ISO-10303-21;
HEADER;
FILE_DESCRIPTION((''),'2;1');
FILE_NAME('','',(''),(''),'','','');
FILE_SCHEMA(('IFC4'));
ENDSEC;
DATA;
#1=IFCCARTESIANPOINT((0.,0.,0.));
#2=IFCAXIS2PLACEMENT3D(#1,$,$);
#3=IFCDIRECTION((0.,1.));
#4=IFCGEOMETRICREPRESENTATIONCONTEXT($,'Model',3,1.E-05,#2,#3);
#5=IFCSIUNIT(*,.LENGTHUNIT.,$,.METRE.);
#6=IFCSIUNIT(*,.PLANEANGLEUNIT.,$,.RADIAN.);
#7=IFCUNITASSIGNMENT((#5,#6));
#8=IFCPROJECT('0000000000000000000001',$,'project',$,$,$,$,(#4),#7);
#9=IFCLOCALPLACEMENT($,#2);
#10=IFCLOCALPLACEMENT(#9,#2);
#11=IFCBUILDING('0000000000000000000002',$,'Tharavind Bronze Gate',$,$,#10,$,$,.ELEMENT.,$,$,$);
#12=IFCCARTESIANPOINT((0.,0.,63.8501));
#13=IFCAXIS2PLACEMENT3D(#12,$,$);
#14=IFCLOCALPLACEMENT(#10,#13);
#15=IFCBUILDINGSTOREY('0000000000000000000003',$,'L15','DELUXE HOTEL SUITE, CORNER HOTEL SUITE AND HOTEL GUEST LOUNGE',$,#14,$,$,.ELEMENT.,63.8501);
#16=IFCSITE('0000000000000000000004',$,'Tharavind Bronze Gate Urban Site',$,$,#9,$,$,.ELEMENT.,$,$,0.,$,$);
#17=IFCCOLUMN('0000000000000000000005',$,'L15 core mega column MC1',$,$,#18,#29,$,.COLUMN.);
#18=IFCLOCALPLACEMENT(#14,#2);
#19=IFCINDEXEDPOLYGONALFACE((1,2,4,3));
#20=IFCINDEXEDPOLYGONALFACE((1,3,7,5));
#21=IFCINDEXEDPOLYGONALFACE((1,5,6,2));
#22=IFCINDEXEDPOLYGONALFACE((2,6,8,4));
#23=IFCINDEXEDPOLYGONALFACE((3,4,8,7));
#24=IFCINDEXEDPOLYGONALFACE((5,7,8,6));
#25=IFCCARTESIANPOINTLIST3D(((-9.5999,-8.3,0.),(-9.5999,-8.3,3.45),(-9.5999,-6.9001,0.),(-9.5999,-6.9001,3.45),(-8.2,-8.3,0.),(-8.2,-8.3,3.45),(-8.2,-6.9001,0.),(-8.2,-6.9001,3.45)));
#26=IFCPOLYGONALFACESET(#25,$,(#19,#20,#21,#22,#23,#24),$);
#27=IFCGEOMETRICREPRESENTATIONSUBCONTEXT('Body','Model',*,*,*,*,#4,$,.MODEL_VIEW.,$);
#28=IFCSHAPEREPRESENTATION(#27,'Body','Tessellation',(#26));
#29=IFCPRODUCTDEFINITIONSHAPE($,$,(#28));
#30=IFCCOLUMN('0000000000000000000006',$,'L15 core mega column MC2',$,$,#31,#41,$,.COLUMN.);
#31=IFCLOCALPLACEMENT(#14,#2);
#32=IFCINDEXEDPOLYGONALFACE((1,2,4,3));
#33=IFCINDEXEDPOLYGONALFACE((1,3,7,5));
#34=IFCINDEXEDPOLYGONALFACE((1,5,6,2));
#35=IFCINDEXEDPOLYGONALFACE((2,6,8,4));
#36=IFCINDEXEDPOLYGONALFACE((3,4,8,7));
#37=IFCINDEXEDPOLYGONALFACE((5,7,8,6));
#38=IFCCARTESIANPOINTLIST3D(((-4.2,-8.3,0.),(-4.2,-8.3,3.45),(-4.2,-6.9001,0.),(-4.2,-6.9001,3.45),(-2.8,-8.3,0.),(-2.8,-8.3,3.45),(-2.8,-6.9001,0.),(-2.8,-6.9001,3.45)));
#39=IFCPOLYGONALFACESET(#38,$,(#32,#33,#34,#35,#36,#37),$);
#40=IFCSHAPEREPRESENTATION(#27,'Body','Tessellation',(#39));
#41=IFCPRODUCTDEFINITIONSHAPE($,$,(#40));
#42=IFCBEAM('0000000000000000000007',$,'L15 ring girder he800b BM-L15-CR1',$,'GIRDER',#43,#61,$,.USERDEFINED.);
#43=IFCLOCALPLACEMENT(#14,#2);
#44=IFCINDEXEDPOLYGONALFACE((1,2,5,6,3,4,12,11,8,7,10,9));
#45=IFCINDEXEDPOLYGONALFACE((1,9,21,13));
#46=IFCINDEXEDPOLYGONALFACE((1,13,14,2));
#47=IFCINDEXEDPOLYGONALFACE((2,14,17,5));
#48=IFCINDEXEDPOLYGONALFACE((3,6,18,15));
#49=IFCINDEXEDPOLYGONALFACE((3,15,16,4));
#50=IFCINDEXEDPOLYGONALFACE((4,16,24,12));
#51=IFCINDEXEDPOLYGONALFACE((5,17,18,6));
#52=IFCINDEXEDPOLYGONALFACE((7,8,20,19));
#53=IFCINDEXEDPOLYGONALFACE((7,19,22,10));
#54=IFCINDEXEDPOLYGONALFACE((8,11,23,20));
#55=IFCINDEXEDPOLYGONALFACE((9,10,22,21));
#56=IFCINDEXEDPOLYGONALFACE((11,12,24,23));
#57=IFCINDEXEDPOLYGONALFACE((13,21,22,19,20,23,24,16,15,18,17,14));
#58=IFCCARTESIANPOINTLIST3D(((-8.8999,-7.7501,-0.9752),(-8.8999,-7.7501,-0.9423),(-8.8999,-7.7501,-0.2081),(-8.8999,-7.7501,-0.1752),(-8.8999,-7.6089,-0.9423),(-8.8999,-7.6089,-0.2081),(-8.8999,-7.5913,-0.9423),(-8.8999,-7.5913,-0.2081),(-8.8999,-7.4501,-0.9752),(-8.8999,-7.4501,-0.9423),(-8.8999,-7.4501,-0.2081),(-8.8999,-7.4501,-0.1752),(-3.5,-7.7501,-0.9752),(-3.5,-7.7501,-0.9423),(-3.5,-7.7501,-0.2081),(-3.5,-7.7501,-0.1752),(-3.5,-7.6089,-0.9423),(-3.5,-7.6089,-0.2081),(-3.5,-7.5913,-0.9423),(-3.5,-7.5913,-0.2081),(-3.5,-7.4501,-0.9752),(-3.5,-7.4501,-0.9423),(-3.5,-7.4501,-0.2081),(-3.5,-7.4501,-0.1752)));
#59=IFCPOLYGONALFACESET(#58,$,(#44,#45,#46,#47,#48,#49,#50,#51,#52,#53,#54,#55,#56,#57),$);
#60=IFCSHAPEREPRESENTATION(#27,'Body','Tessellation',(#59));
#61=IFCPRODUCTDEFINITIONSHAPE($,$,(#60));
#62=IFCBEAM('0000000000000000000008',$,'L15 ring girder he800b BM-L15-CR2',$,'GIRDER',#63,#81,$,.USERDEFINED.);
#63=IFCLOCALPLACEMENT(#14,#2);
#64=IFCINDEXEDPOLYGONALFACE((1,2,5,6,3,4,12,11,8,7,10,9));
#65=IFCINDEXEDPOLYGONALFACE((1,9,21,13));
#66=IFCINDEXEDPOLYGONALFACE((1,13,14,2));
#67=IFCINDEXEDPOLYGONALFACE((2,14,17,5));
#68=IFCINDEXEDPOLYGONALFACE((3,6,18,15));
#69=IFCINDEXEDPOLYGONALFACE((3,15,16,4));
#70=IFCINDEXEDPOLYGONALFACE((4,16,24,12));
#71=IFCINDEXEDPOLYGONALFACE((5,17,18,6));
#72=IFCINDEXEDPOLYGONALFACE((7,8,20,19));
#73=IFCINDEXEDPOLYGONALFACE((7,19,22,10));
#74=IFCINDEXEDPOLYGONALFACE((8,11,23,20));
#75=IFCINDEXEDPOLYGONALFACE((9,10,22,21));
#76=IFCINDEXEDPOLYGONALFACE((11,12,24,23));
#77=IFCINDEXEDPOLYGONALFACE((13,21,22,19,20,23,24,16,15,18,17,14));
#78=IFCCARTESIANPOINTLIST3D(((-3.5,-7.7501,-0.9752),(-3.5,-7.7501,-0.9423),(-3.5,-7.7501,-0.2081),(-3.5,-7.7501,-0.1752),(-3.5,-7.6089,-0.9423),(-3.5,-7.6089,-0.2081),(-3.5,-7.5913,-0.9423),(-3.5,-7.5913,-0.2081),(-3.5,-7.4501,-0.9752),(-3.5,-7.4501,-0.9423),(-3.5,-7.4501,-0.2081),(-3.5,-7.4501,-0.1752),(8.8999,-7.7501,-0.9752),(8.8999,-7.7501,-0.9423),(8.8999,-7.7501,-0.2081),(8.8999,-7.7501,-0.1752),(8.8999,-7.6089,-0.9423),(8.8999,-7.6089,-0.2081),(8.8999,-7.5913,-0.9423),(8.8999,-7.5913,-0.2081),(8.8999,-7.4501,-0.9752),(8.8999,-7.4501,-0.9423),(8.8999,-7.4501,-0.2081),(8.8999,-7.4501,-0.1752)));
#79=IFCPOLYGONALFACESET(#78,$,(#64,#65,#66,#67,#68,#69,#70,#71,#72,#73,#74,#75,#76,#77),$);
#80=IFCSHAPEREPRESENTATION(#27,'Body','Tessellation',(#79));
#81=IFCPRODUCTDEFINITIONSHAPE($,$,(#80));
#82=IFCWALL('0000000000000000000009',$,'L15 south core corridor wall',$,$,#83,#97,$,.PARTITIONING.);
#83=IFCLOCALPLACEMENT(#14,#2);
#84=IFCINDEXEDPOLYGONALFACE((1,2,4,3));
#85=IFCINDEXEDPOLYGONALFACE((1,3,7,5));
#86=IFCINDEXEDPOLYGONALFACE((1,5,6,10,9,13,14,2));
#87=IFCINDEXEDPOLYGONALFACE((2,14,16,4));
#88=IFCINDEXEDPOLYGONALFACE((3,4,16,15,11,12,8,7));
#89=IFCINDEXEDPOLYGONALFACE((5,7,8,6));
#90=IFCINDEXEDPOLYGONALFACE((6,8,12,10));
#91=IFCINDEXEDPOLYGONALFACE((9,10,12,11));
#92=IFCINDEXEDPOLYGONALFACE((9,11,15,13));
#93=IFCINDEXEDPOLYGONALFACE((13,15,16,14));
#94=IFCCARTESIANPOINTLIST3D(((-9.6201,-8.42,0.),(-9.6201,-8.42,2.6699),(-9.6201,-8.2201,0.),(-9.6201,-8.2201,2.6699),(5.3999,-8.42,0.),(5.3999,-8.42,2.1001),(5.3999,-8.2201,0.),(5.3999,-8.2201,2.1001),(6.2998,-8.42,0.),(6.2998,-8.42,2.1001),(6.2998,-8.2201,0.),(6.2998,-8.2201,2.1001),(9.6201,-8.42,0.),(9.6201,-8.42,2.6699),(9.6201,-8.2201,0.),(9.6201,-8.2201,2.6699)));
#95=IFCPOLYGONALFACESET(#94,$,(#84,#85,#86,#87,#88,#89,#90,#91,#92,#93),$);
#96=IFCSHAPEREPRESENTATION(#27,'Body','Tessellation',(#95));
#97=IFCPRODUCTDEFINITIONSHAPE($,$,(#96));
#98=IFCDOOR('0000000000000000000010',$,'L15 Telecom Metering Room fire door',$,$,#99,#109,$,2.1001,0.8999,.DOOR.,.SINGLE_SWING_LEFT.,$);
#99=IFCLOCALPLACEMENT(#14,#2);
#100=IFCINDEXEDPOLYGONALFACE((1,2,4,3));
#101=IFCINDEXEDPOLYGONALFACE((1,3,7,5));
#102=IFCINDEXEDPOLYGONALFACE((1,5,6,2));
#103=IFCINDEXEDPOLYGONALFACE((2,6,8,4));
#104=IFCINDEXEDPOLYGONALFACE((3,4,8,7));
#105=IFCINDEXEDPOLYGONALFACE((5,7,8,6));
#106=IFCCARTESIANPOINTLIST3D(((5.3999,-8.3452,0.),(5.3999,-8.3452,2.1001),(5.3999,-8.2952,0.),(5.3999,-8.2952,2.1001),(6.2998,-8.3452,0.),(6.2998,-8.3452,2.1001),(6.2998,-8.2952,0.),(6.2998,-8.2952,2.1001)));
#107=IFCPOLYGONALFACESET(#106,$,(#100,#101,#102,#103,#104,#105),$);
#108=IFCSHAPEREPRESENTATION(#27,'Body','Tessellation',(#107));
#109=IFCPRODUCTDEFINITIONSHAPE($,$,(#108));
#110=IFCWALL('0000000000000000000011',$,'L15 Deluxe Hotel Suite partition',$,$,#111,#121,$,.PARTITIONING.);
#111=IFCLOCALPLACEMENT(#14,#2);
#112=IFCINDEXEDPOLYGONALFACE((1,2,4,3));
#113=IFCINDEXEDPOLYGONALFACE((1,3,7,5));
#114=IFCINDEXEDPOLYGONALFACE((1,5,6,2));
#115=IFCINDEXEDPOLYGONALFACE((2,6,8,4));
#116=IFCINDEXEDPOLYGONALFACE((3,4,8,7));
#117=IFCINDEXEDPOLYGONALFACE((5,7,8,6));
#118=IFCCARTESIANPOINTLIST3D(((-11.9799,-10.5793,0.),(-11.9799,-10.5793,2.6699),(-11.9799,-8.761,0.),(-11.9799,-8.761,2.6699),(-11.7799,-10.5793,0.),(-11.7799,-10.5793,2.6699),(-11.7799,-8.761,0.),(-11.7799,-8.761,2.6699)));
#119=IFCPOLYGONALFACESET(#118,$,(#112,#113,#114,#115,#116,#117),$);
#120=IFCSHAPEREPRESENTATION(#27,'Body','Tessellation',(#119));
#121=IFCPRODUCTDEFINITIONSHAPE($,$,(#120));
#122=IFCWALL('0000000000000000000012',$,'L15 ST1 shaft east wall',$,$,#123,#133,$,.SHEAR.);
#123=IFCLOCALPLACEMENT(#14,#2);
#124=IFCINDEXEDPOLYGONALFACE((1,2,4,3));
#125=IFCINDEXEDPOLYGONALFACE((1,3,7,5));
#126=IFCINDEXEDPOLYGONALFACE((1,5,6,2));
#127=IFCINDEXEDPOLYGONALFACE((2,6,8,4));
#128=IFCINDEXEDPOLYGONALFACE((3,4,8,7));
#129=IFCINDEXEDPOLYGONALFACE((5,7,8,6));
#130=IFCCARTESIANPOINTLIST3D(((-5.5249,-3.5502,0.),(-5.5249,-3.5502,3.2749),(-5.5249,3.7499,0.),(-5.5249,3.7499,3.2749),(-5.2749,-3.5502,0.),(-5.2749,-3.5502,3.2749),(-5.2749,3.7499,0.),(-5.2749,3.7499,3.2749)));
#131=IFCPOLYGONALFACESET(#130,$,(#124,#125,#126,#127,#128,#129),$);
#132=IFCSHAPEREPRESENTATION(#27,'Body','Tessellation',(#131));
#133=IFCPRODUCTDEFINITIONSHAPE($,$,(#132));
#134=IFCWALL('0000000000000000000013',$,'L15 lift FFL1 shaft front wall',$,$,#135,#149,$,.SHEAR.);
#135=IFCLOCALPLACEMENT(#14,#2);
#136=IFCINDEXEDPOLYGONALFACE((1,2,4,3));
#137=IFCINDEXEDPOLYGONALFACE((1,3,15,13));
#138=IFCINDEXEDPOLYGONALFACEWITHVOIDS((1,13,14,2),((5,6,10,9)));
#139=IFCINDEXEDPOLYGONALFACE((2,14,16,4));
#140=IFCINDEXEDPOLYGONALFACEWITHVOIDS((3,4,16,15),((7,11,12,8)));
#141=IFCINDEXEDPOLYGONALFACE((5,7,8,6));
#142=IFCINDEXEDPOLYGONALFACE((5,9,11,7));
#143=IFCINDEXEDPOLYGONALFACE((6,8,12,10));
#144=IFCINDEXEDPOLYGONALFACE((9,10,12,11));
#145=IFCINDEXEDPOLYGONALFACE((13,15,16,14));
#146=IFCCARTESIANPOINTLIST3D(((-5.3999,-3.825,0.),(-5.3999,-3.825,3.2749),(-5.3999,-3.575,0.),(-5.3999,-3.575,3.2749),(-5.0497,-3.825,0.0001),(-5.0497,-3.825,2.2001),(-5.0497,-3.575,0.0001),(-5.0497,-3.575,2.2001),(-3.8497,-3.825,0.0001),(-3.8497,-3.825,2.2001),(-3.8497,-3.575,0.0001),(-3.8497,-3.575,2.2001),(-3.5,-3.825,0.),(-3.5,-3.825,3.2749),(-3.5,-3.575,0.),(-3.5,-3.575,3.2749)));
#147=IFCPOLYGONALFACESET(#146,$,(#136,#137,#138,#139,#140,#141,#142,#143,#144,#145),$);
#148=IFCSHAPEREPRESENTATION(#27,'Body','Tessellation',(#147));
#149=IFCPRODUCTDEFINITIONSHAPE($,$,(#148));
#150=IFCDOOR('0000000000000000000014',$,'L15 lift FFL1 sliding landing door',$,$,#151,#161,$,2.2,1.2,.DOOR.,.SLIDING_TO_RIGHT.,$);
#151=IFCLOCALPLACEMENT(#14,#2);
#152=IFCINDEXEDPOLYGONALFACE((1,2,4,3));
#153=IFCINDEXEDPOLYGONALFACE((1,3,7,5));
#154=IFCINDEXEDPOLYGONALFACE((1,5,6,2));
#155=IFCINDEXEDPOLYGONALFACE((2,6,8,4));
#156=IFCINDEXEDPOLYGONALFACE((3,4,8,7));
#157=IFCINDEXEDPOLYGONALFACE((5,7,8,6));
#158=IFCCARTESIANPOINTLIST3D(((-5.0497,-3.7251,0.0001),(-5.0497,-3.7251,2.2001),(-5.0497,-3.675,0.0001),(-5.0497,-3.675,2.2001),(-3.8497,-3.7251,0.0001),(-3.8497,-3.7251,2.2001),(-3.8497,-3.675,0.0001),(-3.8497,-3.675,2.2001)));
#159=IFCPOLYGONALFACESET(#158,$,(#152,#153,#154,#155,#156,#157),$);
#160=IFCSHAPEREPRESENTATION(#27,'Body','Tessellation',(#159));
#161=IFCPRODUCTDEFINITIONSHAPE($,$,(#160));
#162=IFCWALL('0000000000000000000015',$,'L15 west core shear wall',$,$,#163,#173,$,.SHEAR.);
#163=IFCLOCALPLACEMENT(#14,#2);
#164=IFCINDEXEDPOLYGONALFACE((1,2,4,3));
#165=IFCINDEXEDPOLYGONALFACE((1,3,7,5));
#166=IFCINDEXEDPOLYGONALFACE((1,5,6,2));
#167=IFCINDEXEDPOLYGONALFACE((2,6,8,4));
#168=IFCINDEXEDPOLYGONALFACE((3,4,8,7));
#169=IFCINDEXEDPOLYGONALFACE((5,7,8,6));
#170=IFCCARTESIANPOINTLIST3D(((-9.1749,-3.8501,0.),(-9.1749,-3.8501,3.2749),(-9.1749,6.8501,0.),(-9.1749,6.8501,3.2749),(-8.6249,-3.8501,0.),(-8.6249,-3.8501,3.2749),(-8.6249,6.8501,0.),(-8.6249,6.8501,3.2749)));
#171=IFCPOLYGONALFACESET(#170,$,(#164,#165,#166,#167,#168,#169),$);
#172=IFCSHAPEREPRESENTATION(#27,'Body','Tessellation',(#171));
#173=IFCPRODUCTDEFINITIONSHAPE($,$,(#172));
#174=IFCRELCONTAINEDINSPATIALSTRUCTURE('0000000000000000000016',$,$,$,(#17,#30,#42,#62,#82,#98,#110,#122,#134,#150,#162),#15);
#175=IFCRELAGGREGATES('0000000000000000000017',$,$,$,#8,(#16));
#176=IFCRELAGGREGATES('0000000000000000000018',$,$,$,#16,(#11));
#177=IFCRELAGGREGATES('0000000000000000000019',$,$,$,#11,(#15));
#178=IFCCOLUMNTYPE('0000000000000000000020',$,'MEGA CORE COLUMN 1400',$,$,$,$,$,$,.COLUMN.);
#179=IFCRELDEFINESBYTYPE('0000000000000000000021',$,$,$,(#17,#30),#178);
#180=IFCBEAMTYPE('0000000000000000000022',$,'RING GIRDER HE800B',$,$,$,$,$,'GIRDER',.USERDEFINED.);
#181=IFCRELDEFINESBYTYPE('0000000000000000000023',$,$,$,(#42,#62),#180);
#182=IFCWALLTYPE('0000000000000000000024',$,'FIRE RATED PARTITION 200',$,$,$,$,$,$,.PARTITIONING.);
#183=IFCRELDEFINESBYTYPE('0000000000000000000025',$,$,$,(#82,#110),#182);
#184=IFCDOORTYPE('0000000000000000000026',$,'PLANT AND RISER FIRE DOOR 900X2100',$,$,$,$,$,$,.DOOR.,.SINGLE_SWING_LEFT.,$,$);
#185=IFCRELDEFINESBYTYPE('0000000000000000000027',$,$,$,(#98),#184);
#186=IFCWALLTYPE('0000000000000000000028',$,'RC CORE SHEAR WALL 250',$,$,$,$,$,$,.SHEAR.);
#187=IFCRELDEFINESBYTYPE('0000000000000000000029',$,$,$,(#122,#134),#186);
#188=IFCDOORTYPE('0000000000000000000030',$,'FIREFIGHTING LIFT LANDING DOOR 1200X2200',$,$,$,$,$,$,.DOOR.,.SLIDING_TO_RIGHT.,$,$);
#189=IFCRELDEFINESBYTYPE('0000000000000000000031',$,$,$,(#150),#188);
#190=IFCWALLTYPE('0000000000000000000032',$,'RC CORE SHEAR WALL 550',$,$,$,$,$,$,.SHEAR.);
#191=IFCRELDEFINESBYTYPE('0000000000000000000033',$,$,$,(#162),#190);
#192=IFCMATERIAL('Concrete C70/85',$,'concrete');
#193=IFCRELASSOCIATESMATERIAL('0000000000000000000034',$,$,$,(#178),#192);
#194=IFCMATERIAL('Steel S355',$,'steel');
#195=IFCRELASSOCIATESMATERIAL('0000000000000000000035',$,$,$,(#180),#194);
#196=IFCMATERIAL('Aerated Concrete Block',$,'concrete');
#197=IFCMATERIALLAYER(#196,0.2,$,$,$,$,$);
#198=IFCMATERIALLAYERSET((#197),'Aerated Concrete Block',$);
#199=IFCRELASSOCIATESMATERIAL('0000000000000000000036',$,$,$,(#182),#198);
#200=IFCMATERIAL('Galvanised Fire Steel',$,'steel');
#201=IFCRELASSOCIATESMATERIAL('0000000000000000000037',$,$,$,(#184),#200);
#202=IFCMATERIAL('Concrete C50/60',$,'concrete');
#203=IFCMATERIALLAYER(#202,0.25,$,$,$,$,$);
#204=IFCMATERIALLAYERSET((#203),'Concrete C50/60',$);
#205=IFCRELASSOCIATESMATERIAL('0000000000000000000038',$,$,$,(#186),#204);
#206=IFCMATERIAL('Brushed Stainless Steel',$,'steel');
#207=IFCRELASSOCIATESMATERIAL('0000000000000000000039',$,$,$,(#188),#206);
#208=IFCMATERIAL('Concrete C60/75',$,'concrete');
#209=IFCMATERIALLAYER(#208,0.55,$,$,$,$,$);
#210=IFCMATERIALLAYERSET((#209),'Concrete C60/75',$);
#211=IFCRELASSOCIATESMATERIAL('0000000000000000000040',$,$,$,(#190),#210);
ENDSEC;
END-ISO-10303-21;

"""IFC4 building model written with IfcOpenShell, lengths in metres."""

from ifc_helpers import new_model, si_unit, direction, frame, frame_2d, origin, origin_2d, place, context, subcontext, project, spatial, rectangle, i_section, extrude, material, layer, layer_set, material_profile, profile_set, type_object, element, fill, save


model = new_model("IFC4")

# Units and contexts
model_context = context("Model", 3, precision=1e-05, world=origin(), true_north=direction((0.0, 1.0)))
body_context = subcontext(model_context, "Body", "Model", "MODEL_VIEW")
ifc_project = project(units=[si_unit("LENGTHUNIT", "METRE"), si_unit("PLANEANGLEUNIT", "RADIAN")], contexts=[model_context])

# Site, building, storey
site_placement = place(None, origin())
site = spatial("IfcSite", under=ifc_project, at=site_placement, Name="Tharavind Bronze Gate Urban Site", CompositionType="ELEMENT", RefElevation=0.0)
building_placement = place(site_placement, origin())
building = spatial("IfcBuilding", under=site, at=building_placement, Name="Tharavind Bronze Gate", CompositionType="ELEMENT")
storey_placement = place(building_placement, frame((0.0, 0.0, 63.8501)))
storey = spatial("IfcBuildingStorey", under=building, at=storey_placement, Name="L15", Description="DELUXE HOTEL SUITE, CORNER HOTEL SUITE AND HOTEL GUEST LOUNGE", CompositionType="ELEMENT", Elevation=63.8501)

# Columns
ifc_material_1 = material(Name="Concrete C70/85", Category="concrete")
ifc_material_profile_1 = material_profile(ifc_material_1, rectangle(XDim=1.3999, YDim=1.3999, at=origin_2d()), Name="RCCOL1400")
ifc_profile_set_1 = profile_set([ifc_material_profile_1], Name="Concrete C70/85")
column_type = type_object("IfcColumnType", Name="MEGA CORE COLUMN 1400", PredefinedType="COLUMN", material=ifc_profile_set_1)
for number, where, z_axis, x_axis, name in (
    (1, (-8.8999, -7.6001, 0.0), (0.0, 0.0, 1.0), (1.0, 0.0, 0.0), "L15 core mega column MC1"),
    (2, (-3.5, -7.6001, 0.0), (0.0, 0.0, 1.0), (1.0, 0.0, 0.0), "L15 core mega column MC2"),
):
    element("IfcColumn", number, at=place(storey_placement, frame(where, z_axis=z_axis, x_axis=x_axis)), inside=storey, type_object=column_type, Name=name, PredefinedType="COLUMN", context=body_context, shape_type="SweptSolid", body=[
        extrude(rectangle(XDim=1.3999, YDim=1.3999, at=origin_2d()), origin(), (0.0, 0.0, 1.0), 3.45),
    ])

# Beams
ifc_material_2 = material(Name="Steel S355", Category="steel")
ifc_material_profile_2 = material_profile(ifc_material_2, i_section(OverallWidth=0.3, OverallDepth=0.8, WebThickness=0.0176, FlangeThickness=0.033, at=origin_2d()), Name="HE800B")
ifc_profile_set_2 = profile_set([ifc_material_profile_2], Name="Steel S355")
beam_type = type_object("IfcBeamType", Name="RING GIRDER HE800B", ElementType="GIRDER", PredefinedType="USERDEFINED", material=ifc_profile_set_2)
beam_1_placement = place(storey_placement, frame((-8.8999, -7.6001, -0.5752), z_axis=(1.0, 0.0, 0.0), x_axis=(0.0, 1.0, 0.0)))
element("IfcBeam", 3, at=beam_1_placement, inside=storey, type_object=beam_type, Name="L15 ring girder he800b BM-L15-CR1", ObjectType="GIRDER", PredefinedType="USERDEFINED", context=body_context, shape_type="SweptSolid", body=[
    extrude(i_section(OverallWidth=0.3, OverallDepth=0.8, WebThickness=0.0176, FlangeThickness=0.033, at=origin_2d()), origin(), (0.0, 0.0, 1.0), 5.3999),
])
beam_2_placement = place(storey_placement, frame((-3.5, -7.6001, -0.5752), z_axis=(1.0, 0.0, 0.0), x_axis=(0.0, 1.0, 0.0)))
element("IfcBeam", 4, at=beam_2_placement, inside=storey, type_object=beam_type, Name="L15 ring girder he800b BM-L15-CR2", ObjectType="GIRDER", PredefinedType="USERDEFINED", context=body_context, shape_type="SweptSolid", body=[
    extrude(i_section(OverallWidth=0.3, OverallDepth=0.8, WebThickness=0.0176, FlangeThickness=0.033, at=origin_2d()), origin(), (0.0, 0.0, 1.0), 12.3999),
])

# Wall, opening, door
ifc_material_3 = material(Name="Aerated Concrete Block", Category="concrete")
ifc_layer_1 = layer(ifc_material_3, 0.2)
ifc_layer_set_1 = layer_set([ifc_layer_1], Name="Aerated Concrete Block")
wall_type_1 = type_object("IfcWallType", Name="FIRE RATED PARTITION 200", PredefinedType="PARTITIONING", material=ifc_layer_set_1)
wall_1_placement = place(storey_placement, frame((-9.6201, -8.3201, 0.0), z_axis=(0.0, 0.0, 1.0), x_axis=(1.0, 0.0, 0.0)))
wall_1 = element("IfcWall", 5, at=wall_1_placement, inside=storey, type_object=wall_type_1, Name="L15 south core corridor wall", PredefinedType="PARTITIONING", context=body_context, shape_type="SweptSolid", body=[
    extrude(rectangle(XDim=19.2402, YDim=0.2, at=frame_2d((9.6201, 0.0))), origin(), (0.0, 0.0, 1.0), 2.6699),
])
opening_1_placement = place(wall_1_placement, frame((15.02, 0.0, 0.0)))
opening_1 = element("IfcOpeningElement", 6, at=opening_1_placement, cuts=wall_1, PredefinedType="OPENING", context=body_context, shape_type="SweptSolid", body=[
    extrude(rectangle(XDim=0.8999, YDim=2.1001, at=frame_2d((0.45, 1.05))), frame((0.0, 0.1101, 0.0), z_axis=(0.0, -1.0, 0.0), x_axis=(1.0, 0.0, 0.0)), (0.0, 0.0, 1.0), 0.22),
])
ifc_material_4 = material(Name="Galvanised Fire Steel", Category="steel")
door_type_1 = type_object("IfcDoorType", Name="PLANT AND RISER FIRE DOOR 900X2100", OperationType="SINGLE_SWING_LEFT", PredefinedType="DOOR", material=ifc_material_4)
door_1_placement = place(opening_1_placement, origin())
door_1 = element("IfcDoor", 7, at=door_1_placement, inside=storey, type_object=door_type_1, Name="L15 Telecom Metering Room fire door", OperationType="SINGLE_SWING_LEFT", OverallHeight=2.1001, OverallWidth=0.8999, PredefinedType="DOOR", context=body_context, shape_type="SweptSolid", body=[
    extrude(rectangle(XDim=0.8999, YDim=2.1001, at=frame_2d((0.45, 1.05))), frame((0.0, 0.0249, 0.0), z_axis=(0.0, -1.0, 0.0), x_axis=(1.0, 0.0, 0.0)), (0.0, 0.0, 1.0), 0.05),
])
fill(opening_1, door_1)

# Wall
wall_2_placement = place(storey_placement, frame((-11.8799, -8.761, 0.0), z_axis=(0.0, 0.0, 1.0), x_axis=(0.0, -1.0, 0.0)))
element("IfcWall", 8, at=wall_2_placement, inside=storey, type_object=wall_type_1, Name="L15 Deluxe Hotel Suite partition", PredefinedType="PARTITIONING", context=body_context, shape_type="SweptSolid", body=[
    extrude(rectangle(XDim=1.8184, YDim=0.2, at=frame_2d((0.9092, 0.0))), origin(), (0.0, 0.0, 1.0), 2.6699),
])

# Wall
ifc_material_5 = material(Name="Concrete C50/60", Category="concrete")
ifc_layer_2 = layer(ifc_material_5, 0.25)
ifc_layer_set_2 = layer_set([ifc_layer_2], Name="Concrete C50/60")
wall_type_2 = type_object("IfcWallType", Name="RC CORE SHEAR WALL 250", PredefinedType="SHEAR", material=ifc_layer_set_2)
wall_3_placement = place(storey_placement, frame((-5.3999, -3.55, 0.0), z_axis=(0.0, 0.0, 1.0), x_axis=(0.0, 1.0, 0.0)))
element("IfcWall", 9, at=wall_3_placement, inside=storey, type_object=wall_type_2, Name="L15 ST1 shaft east wall", PredefinedType="SHEAR", context=body_context, shape_type="SweptSolid", body=[
    extrude(rectangle(XDim=7.3, YDim=0.25, at=frame_2d((3.6499, 0.0))), origin(), (0.0, 0.0, 1.0), 3.2749),
])

# Wall, opening, door
wall_4_placement = place(storey_placement, frame((-5.3999, -3.7, 0.0), z_axis=(0.0, 0.0, 1.0), x_axis=(1.0, 0.0, 0.0)))
wall_4 = element("IfcWall", 10, at=wall_4_placement, inside=storey, type_object=wall_type_2, Name="L15 lift FFL1 shaft front wall", PredefinedType="SHEAR", context=body_context, shape_type="SweptSolid", body=[
    extrude(rectangle(XDim=1.8999, YDim=0.25, at=frame_2d((0.95, 0.0))), origin(), (0.0, 0.0, 1.0), 3.2749),
])
opening_2_placement = place(wall_4_placement, frame((0.3501, 0.0, 0.0)))
opening_2 = element("IfcOpeningElement", 11, at=opening_2_placement, cuts=wall_4, PredefinedType="OPENING", context=body_context, shape_type="SweptSolid", body=[
    extrude(rectangle(XDim=1.2, YDim=2.2, at=frame_2d((0.6001, 1.1001))), frame((0.0, 0.135, 0.0), z_axis=(0.0, -1.0, 0.0), x_axis=(1.0, 0.0, 0.0)), (0.0, 0.0, 1.0), 0.27),
])
ifc_material_6 = material(Name="Brushed Stainless Steel", Category="steel")
door_type_2 = type_object("IfcDoorType", Name="FIREFIGHTING LIFT LANDING DOOR 1200X2200", OperationType="SLIDING_TO_RIGHT", PredefinedType="DOOR", material=ifc_material_6)
door_2_placement = place(opening_2_placement, origin())
door_2 = element("IfcDoor", 12, at=door_2_placement, inside=storey, type_object=door_type_2, Name="L15 lift FFL1 sliding landing door", OperationType="SLIDING_TO_RIGHT", OverallHeight=2.2, OverallWidth=1.2, PredefinedType="DOOR", context=body_context, shape_type="SweptSolid", body=[
    extrude(rectangle(XDim=1.2, YDim=2.2, at=frame_2d((0.6001, 1.1001))), frame((0.0, 0.0249, 0.0), z_axis=(0.0, -1.0, 0.0), x_axis=(1.0, 0.0, 0.0)), (0.0, 0.0, 1.0), 0.05),
])
fill(opening_2, door_2)

# Wall
ifc_material_7 = material(Name="Concrete C60/75", Category="concrete")
ifc_layer_3 = layer(ifc_material_7, 0.55)
ifc_layer_set_3 = layer_set([ifc_layer_3], Name="Concrete C60/75")
wall_type_3 = type_object("IfcWallType", Name="RC CORE SHEAR WALL 550", PredefinedType="SHEAR", material=ifc_layer_set_3)
wall_5_placement = place(storey_placement, frame((-8.8999, -3.8501, 0.0), z_axis=(0.0, 0.0, 1.0), x_axis=(0.0, 1.0, 0.0)))
element("IfcWall", 13, at=wall_5_placement, inside=storey, type_object=wall_type_3, Name="L15 west core shear wall", PredefinedType="SHEAR", context=body_context, shape_type="SweptSolid", body=[
    extrude(rectangle(XDim=10.7002, YDim=0.55, at=frame_2d((5.3501, 0.0))), origin(), (0.0, 0.0, 1.0), 3.2749),
])

save(model, "model.ifc")
